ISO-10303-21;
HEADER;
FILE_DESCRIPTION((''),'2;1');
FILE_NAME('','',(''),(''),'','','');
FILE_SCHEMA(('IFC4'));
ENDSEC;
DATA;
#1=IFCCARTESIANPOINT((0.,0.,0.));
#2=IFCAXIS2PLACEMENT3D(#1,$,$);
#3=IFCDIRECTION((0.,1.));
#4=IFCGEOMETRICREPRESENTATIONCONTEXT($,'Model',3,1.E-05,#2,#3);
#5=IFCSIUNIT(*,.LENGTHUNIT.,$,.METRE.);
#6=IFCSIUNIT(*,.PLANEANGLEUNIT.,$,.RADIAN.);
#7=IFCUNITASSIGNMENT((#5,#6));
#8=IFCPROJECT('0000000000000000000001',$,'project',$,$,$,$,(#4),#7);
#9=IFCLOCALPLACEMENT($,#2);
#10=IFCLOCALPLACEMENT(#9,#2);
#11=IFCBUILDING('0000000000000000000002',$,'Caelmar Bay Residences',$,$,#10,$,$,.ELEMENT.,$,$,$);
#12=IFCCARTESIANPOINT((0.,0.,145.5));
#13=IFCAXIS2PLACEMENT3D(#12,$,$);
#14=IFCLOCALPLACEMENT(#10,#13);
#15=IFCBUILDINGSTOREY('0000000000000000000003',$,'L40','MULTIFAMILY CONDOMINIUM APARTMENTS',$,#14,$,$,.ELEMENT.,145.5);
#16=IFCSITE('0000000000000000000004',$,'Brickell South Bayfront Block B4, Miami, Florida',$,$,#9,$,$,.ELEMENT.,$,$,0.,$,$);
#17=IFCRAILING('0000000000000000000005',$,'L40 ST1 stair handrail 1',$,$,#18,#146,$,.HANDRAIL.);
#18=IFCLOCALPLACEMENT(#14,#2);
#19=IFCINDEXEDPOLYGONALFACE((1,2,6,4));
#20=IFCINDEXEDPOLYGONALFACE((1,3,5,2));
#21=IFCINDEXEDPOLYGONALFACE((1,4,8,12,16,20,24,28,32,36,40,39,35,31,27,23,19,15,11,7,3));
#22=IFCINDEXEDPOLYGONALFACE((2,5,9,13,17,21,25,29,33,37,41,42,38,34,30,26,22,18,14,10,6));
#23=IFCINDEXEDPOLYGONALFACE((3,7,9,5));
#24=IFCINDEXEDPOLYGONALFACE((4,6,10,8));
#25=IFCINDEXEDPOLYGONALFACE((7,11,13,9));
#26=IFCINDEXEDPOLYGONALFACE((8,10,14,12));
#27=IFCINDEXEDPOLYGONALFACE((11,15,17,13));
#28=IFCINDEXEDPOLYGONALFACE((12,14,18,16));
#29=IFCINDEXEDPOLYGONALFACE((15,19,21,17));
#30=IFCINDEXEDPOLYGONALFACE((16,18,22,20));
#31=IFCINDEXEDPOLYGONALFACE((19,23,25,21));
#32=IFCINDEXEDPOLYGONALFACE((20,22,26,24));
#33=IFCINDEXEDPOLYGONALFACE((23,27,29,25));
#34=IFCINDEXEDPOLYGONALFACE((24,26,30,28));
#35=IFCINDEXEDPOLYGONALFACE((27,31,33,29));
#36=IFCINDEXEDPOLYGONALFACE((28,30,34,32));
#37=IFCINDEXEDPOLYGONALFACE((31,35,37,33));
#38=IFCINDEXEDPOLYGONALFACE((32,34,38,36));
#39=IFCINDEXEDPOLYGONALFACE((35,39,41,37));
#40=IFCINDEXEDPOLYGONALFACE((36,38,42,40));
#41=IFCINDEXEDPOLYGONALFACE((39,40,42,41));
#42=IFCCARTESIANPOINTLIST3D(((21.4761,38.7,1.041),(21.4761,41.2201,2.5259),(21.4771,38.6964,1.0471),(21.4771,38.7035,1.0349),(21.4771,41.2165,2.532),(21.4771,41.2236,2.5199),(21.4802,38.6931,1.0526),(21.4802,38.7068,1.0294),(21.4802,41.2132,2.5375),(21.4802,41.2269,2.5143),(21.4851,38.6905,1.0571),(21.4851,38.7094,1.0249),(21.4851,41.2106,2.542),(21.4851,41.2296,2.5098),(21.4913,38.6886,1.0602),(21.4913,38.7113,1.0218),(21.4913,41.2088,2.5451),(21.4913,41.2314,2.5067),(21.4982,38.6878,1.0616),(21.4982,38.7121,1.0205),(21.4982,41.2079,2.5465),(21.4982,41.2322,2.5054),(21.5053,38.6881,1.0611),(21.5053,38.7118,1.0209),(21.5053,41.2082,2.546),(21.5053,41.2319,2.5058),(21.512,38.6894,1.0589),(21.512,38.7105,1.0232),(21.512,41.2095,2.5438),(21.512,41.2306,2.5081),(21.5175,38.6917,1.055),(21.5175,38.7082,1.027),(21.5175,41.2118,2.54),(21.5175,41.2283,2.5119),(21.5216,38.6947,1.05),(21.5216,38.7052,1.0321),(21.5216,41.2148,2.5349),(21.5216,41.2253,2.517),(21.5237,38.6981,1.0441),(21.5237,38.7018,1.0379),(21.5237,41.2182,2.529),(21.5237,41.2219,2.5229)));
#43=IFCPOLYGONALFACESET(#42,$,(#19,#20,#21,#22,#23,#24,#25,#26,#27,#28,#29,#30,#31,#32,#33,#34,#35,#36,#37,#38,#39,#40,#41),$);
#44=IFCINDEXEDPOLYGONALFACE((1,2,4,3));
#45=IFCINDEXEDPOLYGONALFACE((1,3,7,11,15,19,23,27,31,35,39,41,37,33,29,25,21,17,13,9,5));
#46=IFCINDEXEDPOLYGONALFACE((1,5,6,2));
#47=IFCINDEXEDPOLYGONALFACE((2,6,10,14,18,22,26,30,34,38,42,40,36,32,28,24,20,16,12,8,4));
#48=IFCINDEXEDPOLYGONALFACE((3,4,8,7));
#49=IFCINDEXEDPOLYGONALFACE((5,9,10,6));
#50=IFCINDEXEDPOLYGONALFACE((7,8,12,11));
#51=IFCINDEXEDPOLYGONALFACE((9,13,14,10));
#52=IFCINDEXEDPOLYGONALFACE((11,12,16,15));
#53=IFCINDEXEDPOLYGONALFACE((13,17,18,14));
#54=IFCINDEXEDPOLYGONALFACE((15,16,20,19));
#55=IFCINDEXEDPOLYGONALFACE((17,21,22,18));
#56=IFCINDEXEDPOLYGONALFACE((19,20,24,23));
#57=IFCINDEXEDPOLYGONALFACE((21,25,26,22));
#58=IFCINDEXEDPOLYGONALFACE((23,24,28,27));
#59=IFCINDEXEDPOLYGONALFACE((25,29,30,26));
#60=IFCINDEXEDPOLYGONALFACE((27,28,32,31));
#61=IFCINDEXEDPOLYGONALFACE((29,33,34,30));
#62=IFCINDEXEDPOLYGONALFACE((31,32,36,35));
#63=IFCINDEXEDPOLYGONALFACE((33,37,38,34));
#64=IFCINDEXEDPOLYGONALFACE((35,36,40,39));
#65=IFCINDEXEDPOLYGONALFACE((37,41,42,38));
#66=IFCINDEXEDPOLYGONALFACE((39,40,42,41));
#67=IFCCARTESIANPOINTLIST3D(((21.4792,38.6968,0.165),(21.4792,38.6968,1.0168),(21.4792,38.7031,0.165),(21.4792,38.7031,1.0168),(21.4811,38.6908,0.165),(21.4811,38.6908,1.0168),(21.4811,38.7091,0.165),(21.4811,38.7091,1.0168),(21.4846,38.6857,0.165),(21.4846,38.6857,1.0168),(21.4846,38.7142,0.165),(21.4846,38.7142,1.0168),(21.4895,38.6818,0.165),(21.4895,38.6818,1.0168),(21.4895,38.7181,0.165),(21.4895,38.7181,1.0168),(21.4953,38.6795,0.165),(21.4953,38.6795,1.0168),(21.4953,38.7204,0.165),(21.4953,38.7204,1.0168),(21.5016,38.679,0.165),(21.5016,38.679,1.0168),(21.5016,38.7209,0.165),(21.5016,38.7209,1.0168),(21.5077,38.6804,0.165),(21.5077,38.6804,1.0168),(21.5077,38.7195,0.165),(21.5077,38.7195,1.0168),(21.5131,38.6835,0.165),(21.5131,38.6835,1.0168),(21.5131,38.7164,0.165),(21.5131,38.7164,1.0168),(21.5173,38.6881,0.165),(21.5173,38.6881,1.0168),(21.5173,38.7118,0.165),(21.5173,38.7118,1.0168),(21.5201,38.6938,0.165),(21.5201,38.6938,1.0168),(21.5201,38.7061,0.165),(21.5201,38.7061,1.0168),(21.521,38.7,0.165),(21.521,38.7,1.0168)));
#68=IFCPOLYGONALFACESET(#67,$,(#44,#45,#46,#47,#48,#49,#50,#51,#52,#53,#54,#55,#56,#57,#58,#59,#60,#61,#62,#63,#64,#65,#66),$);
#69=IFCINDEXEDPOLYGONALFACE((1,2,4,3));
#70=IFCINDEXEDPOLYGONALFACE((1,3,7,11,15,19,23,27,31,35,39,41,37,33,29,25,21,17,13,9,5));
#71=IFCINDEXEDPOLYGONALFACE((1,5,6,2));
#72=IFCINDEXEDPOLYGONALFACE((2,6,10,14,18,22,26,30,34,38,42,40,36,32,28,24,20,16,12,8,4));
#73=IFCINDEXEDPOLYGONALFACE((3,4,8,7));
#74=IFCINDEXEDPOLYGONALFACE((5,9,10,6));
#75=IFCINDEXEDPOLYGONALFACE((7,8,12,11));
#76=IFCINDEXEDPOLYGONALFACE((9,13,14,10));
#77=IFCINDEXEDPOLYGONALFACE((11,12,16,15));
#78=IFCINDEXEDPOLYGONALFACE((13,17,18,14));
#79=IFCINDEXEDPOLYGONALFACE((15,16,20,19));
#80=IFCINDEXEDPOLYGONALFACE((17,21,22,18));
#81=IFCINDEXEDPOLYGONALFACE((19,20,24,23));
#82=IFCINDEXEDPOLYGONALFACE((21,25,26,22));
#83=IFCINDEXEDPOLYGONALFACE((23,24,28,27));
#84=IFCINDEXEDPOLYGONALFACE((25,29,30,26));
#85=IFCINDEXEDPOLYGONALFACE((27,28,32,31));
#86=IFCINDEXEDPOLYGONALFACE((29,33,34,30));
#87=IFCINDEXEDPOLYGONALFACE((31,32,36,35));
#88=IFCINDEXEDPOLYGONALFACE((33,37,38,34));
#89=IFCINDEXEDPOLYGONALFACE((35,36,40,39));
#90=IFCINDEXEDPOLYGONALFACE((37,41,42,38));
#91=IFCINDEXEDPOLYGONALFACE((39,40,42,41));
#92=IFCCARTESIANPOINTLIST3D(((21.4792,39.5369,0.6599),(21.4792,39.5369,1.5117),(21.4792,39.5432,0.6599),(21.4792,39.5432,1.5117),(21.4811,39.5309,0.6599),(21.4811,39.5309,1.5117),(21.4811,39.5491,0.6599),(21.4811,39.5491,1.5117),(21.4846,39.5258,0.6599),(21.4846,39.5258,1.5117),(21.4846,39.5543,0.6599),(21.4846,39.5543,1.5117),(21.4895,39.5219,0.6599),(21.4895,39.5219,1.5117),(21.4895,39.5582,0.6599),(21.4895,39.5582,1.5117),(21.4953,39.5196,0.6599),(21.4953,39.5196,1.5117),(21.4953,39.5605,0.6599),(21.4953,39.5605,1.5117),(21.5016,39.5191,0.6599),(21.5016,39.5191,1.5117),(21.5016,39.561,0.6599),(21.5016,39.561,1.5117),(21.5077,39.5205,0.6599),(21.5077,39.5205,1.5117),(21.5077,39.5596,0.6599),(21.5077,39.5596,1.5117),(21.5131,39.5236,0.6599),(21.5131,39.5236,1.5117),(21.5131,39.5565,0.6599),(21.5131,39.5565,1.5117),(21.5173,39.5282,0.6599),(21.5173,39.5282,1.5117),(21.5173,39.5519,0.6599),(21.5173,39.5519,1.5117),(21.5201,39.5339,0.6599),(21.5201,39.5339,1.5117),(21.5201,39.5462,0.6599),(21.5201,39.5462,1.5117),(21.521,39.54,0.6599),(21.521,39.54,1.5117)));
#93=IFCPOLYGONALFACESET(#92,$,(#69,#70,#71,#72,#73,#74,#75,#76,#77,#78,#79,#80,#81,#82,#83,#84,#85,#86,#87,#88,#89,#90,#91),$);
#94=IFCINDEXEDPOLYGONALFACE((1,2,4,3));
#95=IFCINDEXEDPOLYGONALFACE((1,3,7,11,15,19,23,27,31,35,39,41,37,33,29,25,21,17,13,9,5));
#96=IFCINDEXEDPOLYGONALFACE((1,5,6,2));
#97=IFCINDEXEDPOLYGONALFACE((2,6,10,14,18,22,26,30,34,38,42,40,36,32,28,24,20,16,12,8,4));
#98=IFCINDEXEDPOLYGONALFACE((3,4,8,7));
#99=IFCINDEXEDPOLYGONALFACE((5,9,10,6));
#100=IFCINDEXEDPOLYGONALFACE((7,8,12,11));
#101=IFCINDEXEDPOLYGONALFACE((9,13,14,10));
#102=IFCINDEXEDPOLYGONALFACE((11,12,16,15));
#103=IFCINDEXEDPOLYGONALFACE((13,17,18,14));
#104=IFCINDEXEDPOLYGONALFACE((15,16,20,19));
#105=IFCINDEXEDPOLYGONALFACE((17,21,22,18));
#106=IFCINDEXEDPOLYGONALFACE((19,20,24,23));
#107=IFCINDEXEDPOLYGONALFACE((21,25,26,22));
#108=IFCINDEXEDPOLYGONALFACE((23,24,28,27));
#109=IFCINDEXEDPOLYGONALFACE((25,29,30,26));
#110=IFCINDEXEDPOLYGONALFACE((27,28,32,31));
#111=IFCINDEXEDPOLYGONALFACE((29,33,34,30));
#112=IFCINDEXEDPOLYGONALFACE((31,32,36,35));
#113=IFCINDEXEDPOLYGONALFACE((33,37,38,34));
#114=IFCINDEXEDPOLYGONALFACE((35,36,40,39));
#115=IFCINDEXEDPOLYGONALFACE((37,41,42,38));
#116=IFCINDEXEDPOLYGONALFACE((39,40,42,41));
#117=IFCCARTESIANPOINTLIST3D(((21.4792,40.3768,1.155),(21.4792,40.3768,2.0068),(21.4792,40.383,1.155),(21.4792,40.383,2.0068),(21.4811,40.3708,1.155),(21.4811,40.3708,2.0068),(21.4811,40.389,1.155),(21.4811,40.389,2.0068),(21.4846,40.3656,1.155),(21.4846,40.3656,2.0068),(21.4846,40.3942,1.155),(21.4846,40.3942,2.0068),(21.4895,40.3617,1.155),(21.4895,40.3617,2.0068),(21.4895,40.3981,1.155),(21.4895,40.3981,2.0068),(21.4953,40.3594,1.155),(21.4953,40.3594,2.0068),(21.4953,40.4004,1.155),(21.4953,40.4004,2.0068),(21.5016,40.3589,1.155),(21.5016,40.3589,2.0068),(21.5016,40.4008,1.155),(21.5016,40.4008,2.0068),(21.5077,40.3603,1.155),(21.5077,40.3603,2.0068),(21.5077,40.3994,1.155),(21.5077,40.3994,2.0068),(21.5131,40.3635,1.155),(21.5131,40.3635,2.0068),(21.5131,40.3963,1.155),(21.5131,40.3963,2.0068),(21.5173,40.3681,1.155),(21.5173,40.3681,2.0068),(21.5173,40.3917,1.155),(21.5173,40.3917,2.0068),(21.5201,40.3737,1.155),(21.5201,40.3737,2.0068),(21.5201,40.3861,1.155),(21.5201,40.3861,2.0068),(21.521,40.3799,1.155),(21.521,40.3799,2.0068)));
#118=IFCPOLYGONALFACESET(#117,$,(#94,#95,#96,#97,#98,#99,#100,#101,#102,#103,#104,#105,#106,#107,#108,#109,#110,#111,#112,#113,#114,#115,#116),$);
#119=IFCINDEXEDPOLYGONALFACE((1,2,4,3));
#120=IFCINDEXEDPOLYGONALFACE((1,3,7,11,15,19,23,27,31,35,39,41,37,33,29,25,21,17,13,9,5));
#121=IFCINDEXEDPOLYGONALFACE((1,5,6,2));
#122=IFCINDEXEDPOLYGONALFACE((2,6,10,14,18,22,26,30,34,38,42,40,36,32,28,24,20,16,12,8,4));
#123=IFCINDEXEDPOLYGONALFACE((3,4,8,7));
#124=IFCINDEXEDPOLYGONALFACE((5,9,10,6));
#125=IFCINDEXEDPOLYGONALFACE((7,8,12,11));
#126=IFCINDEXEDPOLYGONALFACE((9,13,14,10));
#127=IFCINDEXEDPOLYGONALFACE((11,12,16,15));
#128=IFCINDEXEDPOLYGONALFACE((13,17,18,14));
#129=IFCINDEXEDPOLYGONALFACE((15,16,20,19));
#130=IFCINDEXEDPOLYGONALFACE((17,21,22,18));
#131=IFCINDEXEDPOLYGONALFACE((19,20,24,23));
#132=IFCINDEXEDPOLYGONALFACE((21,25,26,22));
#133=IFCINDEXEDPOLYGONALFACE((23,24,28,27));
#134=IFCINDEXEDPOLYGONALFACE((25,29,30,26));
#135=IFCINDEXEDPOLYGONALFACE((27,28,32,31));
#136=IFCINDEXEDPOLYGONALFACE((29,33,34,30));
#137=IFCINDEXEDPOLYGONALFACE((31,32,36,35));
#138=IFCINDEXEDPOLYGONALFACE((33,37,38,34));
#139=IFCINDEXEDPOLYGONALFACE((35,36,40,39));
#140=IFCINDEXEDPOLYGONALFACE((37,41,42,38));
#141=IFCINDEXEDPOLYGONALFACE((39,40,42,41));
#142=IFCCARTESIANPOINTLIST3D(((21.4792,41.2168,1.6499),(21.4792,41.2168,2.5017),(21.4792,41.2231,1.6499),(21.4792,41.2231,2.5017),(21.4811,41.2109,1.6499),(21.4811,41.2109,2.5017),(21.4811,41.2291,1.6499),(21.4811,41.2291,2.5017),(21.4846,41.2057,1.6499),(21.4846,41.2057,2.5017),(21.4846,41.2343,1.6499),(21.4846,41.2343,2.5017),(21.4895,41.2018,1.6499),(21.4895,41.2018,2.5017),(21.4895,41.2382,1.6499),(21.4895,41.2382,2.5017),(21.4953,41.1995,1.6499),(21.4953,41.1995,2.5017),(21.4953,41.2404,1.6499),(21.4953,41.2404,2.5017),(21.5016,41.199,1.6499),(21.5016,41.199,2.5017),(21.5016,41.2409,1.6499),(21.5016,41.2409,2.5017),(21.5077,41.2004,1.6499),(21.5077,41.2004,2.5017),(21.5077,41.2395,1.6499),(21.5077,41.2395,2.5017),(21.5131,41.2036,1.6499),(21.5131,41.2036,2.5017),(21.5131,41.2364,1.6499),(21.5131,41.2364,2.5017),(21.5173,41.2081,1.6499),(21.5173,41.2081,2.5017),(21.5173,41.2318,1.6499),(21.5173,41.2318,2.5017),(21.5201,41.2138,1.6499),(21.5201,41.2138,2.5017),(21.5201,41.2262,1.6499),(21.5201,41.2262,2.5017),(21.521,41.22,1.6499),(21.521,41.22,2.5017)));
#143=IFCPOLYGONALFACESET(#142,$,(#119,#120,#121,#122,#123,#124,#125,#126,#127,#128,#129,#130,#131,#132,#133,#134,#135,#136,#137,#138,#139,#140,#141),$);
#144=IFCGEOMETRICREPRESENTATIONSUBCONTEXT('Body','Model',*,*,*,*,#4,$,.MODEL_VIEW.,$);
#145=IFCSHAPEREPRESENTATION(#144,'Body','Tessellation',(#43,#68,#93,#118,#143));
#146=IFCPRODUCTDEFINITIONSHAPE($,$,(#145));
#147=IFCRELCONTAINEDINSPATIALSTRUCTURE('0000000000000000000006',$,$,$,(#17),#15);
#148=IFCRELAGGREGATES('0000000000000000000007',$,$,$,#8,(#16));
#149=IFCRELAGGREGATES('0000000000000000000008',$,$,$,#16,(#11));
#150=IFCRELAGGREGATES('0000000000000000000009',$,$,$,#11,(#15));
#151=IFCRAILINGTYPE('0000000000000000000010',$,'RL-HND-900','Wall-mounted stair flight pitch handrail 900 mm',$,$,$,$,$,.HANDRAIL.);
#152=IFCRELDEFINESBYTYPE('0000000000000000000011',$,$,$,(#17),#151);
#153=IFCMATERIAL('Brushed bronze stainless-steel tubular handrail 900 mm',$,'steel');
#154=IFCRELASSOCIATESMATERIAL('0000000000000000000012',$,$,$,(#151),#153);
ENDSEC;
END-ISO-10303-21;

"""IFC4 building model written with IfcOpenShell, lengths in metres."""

from ifc_helpers import new_model, si_unit, direction, frame, origin, origin_2d, place, context, subcontext, project, spatial, circle, extrude, material, type_object, element, save


model = new_model("IFC4")

# Units and contexts
model_context = context("Model", 3, precision=1e-05, world=origin(), true_north=direction((0.0, 1.0)))
body_context = subcontext(model_context, "Body", "Model", "MODEL_VIEW")
ifc_project = project(units=[si_unit("LENGTHUNIT", "METRE"), si_unit("PLANEANGLEUNIT", "RADIAN")], contexts=[model_context])

# Site, building, storey
site_placement = place(None, origin())
site = spatial("IfcSite", under=ifc_project, at=site_placement, Name="Brickell South Bayfront Block B4, Miami, Florida", CompositionType="ELEMENT", RefElevation=0.0)
building_placement = place(site_placement, origin())
building = spatial("IfcBuilding", under=site, at=building_placement, Name="Caelmar Bay Residences", CompositionType="ELEMENT")
storey_placement = place(building_placement, frame((0.0, 0.0, 145.5)))
storey = spatial("IfcBuildingStorey", under=building, at=storey_placement, Name="L40", Description="MULTIFAMILY CONDOMINIUM APARTMENTS", CompositionType="ELEMENT", Elevation=145.5)

# Railing
ifc_material_1 = material(Name="Brushed bronze stainless-steel tubular handrail 900 mm", Category="steel")
railing_type_1 = type_object("IfcRailingType", Name="RL-HND-900", Description="Wall-mounted stair flight pitch handrail 900 mm", PredefinedType="HANDRAIL", material=ifc_material_1)
railing_1_placement = place(storey_placement, frame((21.5, 38.7, 0.165)))
element("IfcRailing", 1, at=railing_1_placement, inside=storey, type_object=railing_type_1, Name="L40 ST1 stair handrail 1", PredefinedType="HANDRAIL", context=body_context, shape_type="SweptSolid", body=[
    extrude(circle(Radius=0.0239, at=origin_2d()), frame((0.0, 0.0, 0.876), z_axis=(0.0, 0.861561, 0.507655), x_axis=(-1.0, 0.0, 0.0)), (0.0, 0.0, 1.0), 2.925),
    extrude(circle(Radius=0.021, at=origin_2d()), origin(), (0.0, 0.0, 1.0), 0.8518),
    extrude(circle(Radius=0.021, at=origin_2d()), frame((0.0, 0.8401, 0.4949)), (0.0, 0.0, 1.0), 0.8518),
    extrude(circle(Radius=0.021, at=origin_2d()), frame((0.0, 1.6799, 0.99)), (0.0, 0.0, 1.0), 0.8518),
    extrude(circle(Radius=0.021, at=origin_2d()), frame((0.0, 2.52, 1.4849)), (0.0, 0.0, 1.0), 0.8518),
])

save(model, "model.ifc")
